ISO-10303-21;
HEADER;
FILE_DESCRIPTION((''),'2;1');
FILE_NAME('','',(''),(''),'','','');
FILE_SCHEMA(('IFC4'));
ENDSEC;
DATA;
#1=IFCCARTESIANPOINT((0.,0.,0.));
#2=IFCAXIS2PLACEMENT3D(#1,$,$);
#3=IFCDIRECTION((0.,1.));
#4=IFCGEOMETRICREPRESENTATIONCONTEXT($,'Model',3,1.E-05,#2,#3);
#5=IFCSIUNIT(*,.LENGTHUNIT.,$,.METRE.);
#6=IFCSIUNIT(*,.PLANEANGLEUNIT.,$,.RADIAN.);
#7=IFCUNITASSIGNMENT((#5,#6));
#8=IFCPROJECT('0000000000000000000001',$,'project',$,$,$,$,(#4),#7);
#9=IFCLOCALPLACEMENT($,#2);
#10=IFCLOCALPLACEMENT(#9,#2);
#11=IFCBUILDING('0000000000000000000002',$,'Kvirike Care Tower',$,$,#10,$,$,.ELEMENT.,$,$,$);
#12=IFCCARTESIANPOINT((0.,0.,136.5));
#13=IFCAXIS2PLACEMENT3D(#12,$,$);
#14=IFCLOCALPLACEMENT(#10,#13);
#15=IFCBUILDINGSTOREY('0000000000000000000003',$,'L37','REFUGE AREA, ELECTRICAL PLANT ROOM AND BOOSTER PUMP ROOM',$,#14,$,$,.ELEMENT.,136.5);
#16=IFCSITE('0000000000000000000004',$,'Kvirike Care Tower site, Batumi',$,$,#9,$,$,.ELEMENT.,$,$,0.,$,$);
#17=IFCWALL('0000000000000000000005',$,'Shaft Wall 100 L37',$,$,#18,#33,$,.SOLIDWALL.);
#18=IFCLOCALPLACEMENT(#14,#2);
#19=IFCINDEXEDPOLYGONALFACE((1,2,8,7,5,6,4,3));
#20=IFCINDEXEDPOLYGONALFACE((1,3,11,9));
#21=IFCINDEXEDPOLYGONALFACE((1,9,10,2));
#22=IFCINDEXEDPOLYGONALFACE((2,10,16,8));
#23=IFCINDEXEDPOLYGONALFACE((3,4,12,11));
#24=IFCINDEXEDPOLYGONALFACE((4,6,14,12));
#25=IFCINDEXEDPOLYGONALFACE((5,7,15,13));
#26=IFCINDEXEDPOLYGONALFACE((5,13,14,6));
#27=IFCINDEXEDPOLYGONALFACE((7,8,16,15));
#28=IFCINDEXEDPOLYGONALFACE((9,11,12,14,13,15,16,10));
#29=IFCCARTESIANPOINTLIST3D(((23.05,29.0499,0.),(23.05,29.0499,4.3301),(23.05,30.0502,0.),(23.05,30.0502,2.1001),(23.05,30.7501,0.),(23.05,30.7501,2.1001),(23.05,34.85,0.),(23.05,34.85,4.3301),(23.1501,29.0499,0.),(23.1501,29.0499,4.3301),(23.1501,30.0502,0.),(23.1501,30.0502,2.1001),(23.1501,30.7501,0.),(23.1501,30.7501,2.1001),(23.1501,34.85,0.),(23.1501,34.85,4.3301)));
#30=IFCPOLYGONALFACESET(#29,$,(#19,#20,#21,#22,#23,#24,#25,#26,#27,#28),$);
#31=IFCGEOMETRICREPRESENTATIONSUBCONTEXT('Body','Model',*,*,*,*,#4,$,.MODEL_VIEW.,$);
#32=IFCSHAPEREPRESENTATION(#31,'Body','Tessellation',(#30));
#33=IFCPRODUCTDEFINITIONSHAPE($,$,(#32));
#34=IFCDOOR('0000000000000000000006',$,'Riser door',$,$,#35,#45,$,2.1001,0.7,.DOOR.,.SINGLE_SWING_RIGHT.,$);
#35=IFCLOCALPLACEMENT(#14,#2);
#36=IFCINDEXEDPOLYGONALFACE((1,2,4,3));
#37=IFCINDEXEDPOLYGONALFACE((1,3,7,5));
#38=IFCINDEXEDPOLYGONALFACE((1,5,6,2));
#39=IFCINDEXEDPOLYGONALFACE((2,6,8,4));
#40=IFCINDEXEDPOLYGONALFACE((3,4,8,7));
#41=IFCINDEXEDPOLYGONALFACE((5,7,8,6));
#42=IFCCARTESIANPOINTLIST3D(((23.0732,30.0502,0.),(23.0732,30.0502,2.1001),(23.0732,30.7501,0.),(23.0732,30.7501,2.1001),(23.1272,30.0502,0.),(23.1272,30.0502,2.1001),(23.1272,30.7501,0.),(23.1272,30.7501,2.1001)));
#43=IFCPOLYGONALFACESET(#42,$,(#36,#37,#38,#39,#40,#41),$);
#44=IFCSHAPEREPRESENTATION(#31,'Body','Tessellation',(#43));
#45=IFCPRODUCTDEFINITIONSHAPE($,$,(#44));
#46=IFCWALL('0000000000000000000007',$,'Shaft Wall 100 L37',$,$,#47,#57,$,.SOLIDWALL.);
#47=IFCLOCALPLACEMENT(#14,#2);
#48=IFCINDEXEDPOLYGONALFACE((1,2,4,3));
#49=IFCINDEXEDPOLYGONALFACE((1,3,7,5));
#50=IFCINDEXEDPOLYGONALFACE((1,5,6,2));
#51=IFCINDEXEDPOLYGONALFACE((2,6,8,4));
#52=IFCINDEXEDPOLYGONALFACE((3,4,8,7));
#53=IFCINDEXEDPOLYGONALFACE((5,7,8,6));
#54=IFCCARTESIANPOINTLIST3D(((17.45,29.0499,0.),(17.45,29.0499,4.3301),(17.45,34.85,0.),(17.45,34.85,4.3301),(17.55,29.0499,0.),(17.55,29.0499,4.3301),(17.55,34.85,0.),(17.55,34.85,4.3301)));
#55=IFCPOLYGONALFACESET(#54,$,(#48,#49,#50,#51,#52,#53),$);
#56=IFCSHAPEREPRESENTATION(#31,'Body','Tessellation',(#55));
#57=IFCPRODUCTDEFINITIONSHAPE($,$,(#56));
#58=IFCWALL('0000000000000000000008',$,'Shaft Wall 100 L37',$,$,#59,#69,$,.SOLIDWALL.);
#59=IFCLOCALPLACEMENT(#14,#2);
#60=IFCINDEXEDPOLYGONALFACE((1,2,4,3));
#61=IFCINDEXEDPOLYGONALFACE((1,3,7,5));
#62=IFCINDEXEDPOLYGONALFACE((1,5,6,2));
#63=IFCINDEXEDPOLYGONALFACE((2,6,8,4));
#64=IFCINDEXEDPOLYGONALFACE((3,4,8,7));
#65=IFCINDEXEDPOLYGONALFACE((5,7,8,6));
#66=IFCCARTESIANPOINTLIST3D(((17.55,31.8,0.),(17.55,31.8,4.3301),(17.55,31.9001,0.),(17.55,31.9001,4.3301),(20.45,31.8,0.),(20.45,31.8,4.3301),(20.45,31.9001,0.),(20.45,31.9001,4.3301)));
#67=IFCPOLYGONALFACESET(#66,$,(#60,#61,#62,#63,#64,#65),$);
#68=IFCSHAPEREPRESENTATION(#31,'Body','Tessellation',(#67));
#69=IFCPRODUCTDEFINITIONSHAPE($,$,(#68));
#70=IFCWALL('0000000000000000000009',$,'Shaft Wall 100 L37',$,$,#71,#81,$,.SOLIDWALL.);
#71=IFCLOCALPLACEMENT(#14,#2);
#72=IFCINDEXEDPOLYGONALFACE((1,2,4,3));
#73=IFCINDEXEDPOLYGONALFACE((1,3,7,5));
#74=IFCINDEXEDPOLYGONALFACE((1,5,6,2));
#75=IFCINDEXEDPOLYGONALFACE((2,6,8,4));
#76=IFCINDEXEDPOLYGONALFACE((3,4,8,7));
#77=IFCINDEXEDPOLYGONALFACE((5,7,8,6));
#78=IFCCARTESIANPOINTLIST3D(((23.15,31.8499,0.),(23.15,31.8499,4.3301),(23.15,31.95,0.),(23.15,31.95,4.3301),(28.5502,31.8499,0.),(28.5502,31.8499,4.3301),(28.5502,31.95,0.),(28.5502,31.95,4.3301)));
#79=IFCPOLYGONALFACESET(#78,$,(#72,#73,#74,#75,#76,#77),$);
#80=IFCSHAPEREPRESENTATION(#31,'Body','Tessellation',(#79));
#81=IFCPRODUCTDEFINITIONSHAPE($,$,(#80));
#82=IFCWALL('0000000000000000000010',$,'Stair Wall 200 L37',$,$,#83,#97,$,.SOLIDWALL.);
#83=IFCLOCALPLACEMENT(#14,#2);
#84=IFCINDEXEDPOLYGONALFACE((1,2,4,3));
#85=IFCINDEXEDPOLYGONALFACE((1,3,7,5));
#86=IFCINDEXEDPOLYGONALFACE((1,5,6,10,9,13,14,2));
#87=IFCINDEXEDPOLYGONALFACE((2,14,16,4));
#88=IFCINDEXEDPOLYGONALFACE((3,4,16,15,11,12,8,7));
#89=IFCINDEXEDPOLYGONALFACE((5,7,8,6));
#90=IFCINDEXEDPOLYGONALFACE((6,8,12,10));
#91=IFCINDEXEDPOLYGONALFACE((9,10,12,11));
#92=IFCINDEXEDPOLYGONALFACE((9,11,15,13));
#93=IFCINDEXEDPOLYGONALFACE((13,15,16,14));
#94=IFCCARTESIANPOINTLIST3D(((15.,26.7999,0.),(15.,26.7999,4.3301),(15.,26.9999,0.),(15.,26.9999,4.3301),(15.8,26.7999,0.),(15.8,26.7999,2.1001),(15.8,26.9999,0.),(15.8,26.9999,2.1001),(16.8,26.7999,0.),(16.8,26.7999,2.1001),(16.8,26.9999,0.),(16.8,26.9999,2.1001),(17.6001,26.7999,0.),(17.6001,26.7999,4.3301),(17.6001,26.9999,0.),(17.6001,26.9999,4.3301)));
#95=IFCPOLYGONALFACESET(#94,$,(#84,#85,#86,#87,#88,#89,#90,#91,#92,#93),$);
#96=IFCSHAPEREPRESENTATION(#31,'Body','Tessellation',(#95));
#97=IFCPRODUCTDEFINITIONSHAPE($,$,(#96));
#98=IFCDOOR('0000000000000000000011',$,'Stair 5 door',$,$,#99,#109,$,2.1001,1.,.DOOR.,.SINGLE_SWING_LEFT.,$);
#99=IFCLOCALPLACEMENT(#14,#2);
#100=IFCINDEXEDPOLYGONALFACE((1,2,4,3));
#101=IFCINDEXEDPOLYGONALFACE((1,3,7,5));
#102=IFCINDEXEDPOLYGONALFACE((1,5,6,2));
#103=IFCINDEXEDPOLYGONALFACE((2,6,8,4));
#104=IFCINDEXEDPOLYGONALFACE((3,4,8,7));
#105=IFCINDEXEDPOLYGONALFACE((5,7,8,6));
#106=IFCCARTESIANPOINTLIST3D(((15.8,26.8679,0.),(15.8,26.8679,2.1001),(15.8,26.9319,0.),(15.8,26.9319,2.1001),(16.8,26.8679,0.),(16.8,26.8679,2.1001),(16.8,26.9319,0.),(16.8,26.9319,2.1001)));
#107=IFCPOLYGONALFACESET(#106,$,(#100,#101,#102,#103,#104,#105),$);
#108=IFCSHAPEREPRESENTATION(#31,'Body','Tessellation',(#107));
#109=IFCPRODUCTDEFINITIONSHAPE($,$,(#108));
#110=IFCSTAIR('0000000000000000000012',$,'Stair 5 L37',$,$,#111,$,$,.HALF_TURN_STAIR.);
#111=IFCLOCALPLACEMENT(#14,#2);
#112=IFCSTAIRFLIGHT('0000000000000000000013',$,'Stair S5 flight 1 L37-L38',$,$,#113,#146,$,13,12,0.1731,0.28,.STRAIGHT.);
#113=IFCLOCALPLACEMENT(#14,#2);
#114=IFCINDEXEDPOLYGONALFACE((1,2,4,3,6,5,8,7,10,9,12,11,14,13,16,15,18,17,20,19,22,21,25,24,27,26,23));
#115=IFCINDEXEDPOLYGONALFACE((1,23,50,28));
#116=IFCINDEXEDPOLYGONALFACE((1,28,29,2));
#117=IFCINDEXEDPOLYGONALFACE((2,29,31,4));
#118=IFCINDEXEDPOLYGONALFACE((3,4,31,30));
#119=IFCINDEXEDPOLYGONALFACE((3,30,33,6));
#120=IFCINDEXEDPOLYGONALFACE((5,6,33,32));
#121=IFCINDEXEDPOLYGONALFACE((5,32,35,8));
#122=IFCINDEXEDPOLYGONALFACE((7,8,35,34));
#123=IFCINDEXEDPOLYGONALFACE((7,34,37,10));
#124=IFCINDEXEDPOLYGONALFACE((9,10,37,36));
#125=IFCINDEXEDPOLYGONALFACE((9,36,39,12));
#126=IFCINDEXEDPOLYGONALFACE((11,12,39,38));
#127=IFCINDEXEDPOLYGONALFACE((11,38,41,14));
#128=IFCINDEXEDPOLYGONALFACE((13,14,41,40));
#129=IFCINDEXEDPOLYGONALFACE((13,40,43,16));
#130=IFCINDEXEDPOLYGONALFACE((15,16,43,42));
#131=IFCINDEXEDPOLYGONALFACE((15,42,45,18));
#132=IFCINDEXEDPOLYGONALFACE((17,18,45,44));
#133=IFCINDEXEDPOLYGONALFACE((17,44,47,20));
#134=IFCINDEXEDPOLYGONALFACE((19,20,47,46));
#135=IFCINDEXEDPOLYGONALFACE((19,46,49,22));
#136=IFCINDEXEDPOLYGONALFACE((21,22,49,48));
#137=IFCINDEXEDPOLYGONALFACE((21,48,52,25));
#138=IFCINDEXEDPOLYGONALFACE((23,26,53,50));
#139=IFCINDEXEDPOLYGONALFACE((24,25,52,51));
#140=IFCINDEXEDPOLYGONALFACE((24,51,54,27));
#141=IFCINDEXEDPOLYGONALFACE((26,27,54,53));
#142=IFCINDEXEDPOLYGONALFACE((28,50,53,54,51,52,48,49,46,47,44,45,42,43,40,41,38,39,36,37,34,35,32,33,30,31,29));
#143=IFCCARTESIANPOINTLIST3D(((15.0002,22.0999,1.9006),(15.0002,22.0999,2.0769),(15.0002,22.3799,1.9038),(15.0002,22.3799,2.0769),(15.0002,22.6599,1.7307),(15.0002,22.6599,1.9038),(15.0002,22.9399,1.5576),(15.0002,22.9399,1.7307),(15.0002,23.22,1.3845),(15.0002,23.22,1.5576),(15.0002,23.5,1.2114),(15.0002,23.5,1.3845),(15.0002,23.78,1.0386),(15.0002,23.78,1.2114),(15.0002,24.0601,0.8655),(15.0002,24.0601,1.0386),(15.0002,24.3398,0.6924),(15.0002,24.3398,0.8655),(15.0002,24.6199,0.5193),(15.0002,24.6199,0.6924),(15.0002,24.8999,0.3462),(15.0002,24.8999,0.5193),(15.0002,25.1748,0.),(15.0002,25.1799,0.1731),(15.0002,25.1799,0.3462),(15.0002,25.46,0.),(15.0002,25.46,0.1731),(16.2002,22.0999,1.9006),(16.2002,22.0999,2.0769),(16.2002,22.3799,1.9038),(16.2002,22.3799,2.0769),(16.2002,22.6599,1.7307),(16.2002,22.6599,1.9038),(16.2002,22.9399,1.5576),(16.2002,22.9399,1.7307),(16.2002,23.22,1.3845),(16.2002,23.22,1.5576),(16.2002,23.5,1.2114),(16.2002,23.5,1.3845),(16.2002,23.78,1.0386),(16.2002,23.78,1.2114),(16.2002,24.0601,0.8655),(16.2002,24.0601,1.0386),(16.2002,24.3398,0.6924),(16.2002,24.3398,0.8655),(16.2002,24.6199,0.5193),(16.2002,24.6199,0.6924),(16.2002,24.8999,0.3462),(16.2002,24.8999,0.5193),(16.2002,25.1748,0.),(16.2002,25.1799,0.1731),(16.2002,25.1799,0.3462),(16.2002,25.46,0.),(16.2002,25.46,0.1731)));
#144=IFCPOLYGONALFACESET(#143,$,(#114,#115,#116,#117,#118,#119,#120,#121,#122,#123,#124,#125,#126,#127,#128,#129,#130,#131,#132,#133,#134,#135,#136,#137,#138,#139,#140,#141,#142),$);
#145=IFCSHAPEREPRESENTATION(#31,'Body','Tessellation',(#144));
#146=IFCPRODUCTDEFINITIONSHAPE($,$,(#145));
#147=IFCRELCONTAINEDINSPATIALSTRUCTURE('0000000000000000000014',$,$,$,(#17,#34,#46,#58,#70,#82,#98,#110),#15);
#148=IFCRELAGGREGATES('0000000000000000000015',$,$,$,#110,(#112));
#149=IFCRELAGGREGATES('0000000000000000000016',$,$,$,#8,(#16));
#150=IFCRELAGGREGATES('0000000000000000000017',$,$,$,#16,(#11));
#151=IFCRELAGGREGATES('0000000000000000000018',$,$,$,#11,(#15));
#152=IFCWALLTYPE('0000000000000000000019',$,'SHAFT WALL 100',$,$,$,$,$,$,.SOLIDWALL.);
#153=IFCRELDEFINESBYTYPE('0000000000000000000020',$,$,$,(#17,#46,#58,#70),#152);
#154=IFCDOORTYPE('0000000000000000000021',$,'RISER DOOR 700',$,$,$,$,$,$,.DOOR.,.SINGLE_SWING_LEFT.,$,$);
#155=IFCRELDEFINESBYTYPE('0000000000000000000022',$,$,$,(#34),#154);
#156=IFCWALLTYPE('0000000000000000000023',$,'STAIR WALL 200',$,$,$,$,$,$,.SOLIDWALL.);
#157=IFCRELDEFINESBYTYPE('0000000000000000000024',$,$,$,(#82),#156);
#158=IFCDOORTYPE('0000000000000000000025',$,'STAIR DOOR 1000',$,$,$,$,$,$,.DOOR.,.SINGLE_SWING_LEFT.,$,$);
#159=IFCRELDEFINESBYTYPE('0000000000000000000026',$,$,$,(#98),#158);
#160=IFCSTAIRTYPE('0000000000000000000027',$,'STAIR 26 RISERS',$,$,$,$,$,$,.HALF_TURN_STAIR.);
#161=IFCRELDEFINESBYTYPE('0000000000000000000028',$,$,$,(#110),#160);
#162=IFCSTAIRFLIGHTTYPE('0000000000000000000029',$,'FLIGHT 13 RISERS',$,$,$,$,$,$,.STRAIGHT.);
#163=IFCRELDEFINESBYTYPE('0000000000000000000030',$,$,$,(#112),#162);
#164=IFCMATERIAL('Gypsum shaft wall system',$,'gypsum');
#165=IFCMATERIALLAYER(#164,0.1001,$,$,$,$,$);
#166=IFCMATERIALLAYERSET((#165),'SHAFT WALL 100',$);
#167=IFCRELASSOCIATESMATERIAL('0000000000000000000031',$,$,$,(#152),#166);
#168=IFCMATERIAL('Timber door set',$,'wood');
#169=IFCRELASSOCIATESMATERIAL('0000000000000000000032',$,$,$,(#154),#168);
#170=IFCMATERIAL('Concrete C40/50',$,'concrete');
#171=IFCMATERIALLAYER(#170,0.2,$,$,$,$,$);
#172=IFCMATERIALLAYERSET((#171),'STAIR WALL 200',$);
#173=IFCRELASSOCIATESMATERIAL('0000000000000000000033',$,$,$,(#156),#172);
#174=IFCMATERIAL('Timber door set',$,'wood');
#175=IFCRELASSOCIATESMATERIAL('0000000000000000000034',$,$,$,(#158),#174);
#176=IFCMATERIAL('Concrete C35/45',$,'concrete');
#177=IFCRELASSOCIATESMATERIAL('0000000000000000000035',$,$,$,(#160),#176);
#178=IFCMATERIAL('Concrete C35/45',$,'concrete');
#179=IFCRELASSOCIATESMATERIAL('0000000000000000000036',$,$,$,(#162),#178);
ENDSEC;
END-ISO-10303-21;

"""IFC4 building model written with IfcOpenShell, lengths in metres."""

from ifc_helpers import new_model, si_unit, direction, frame, frame_2d, origin, place, context, subcontext, project, spatial, polyline, rectangle, outline, extrude, material, layer, layer_set, type_object, element, fill, aggregate, save


model = new_model("IFC4")

# Units and contexts
model_context = context("Model", 3, precision=1e-05, world=origin(), true_north=direction((0.0, 1.0)))
body_context = subcontext(model_context, "Body", "Model", "MODEL_VIEW")
ifc_project = project(units=[si_unit("LENGTHUNIT", "METRE"), si_unit("PLANEANGLEUNIT", "RADIAN")], contexts=[model_context])

# Site, building, storey
site_placement = place(None, origin())
site = spatial("IfcSite", under=ifc_project, at=site_placement, Name="Kvirike Care Tower site, Batumi", CompositionType="ELEMENT", RefElevation=0.0)
building_placement = place(site_placement, origin())
building = spatial("IfcBuilding", under=site, at=building_placement, Name="Kvirike Care Tower", CompositionType="ELEMENT")
storey_placement = place(building_placement, frame((0.0, 0.0, 136.5)))
storey = spatial("IfcBuildingStorey", under=building, at=storey_placement, Name="L37", Description="REFUGE AREA, ELECTRICAL PLANT ROOM AND BOOSTER PUMP ROOM", CompositionType="ELEMENT", Elevation=136.5)

# Shared definitions
ifc_material_1 = material(Name="Gypsum shaft wall system", Category="gypsum")
ifc_layer_1 = layer(ifc_material_1, 0.1001)
ifc_layer_set_1 = layer_set([ifc_layer_1], Name="SHAFT WALL 100")
wall_type_1 = type_object("IfcWallType", Name="SHAFT WALL 100", PredefinedType="SOLIDWALL", material=ifc_layer_set_1)

# Wall, opening, door
wall_1_placement = place(storey_placement, frame((23.1001, 29.05, 0.0), z_axis=(0.0, 0.0, 1.0), x_axis=(0.0, 1.0, 0.0)))
wall_1 = element("IfcWall", 1, at=wall_1_placement, inside=storey, type_object=wall_type_1, Name="Shaft Wall 100 L37", PredefinedType="SOLIDWALL", context=body_context, shape_type="SweptSolid", body=[
    extrude(rectangle(XDim=5.8, YDim=0.1001, at=frame_2d((2.8999, 0.0))), origin(), (0.0, 0.0, 1.0), 4.3301),
])
opening_1_placement = place(wall_1_placement, frame((1.0, 0.0, 0.0)))
opening_1 = element("IfcOpeningElement", 2, at=opening_1_placement, cuts=wall_1, PredefinedType="OPENING", context=body_context, shape_type="SweptSolid", body=[
    extrude(rectangle(XDim=0.7, YDim=2.1001, at=frame_2d((0.3501, 1.05))), frame((0.0, 0.0605, 0.0), z_axis=(0.0, -1.0, 0.0), x_axis=(1.0, 0.0, 0.0)), (0.0, 0.0, 1.0), 0.1211),
])
ifc_material_2 = material(Name="Timber door set", Category="wood")
door_type_1 = type_object("IfcDoorType", Name="RISER DOOR 700", OperationType="SINGLE_SWING_LEFT", PredefinedType="DOOR", material=ifc_material_2)
door_1_placement = place(opening_1_placement, origin())
door_1 = element("IfcDoor", 3, at=door_1_placement, inside=storey, type_object=door_type_1, Name="Riser door", OperationType="SINGLE_SWING_RIGHT", OverallHeight=2.1001, OverallWidth=0.7, PredefinedType="DOOR", context=body_context, shape_type="SweptSolid", body=[
    extrude(rectangle(XDim=0.7, YDim=2.1001, at=frame_2d((0.3501, 1.05))), frame((0.0, 0.0269, 0.0), z_axis=(0.0, -1.0, 0.0), x_axis=(1.0, 0.0, 0.0)), (0.0, 0.0, 1.0), 0.054),
])
fill(opening_1, door_1)

# Walls
wall_2_placement = place(storey_placement, frame((17.5, 29.05, 0.0), z_axis=(0.0, 0.0, 1.0), x_axis=(0.0, 1.0, 0.0)))
element("IfcWall", 4, at=wall_2_placement, inside=storey, type_object=wall_type_1, Name="Shaft Wall 100 L37", PredefinedType="SOLIDWALL", context=body_context, shape_type="SweptSolid", body=[
    extrude(rectangle(XDim=5.8, YDim=0.1001, at=frame_2d((2.8999, 0.0))), origin(), (0.0, 0.0, 1.0), 4.3301),
])
wall_3_placement = place(storey_placement, frame((17.55, 31.8501, 0.0), z_axis=(0.0, 0.0, 1.0), x_axis=(1.0, 0.0, 0.0)))
element("IfcWall", 5, at=wall_3_placement, inside=storey, type_object=wall_type_1, Name="Shaft Wall 100 L37", PredefinedType="SOLIDWALL", context=body_context, shape_type="SweptSolid", body=[
    extrude(rectangle(XDim=2.8999, YDim=0.1001, at=frame_2d((1.45, 0.0))), origin(), (0.0, 0.0, 1.0), 4.3301),
])
wall_4_placement = place(storey_placement, frame((23.1499, 31.8999, 0.0), z_axis=(0.0, 0.0, 1.0), x_axis=(1.0, 0.0, 0.0)))
element("IfcWall", 6, at=wall_4_placement, inside=storey, type_object=wall_type_1, Name="Shaft Wall 100 L37", PredefinedType="SOLIDWALL", context=body_context, shape_type="SweptSolid", body=[
    extrude(rectangle(XDim=5.4001, YDim=0.1001, at=frame_2d((2.7002, 0.0))), origin(), (0.0, 0.0, 1.0), 4.3301),
])

# Wall, opening, door
ifc_material_3 = material(Name="Concrete C40/50", Category="concrete")
ifc_layer_2 = layer(ifc_material_3, 0.2)
ifc_layer_set_2 = layer_set([ifc_layer_2], Name="STAIR WALL 200")
wall_type_2 = type_object("IfcWallType", Name="STAIR WALL 200", PredefinedType="SOLIDWALL", material=ifc_layer_set_2)
wall_5_placement = place(storey_placement, frame((15.0, 26.8999, 0.0), z_axis=(0.0, 0.0, 1.0), x_axis=(1.0, 0.0, 0.0)))
wall_5 = element("IfcWall", 7, at=wall_5_placement, inside=storey, type_object=wall_type_2, Name="Stair Wall 200 L37", PredefinedType="SOLIDWALL", context=body_context, shape_type="SweptSolid", body=[
    extrude(rectangle(XDim=2.6001, YDim=0.2, at=frame_2d((1.3, 0.0))), origin(), (0.0, 0.0, 1.0), 4.3301),
])
opening_2_placement = place(wall_5_placement, frame((0.8, 0.0, 0.0)))
opening_2 = element("IfcOpeningElement", 8, at=opening_2_placement, cuts=wall_5, PredefinedType="OPENING", context=body_context, shape_type="SweptSolid", body=[
    extrude(rectangle(XDim=1.0, YDim=2.1001, at=frame_2d((0.5, 1.05))), frame((0.0, 0.1106, 0.0), z_axis=(0.0, -1.0, 0.0), x_axis=(1.0, 0.0, 0.0)), (0.0, 0.0, 1.0), 0.2209),
])
ifc_material_4 = material(Name="Timber door set", Category="wood")
door_type_2 = type_object("IfcDoorType", Name="STAIR DOOR 1000", OperationType="SINGLE_SWING_LEFT", PredefinedType="DOOR", material=ifc_material_4)
door_2_placement = place(opening_2_placement, frame((1.0, 0.0, 0.0), z_axis=(0.0, 0.0, 1.0), x_axis=(-1.0, 0.0, 0.0)))
door_2 = element("IfcDoor", 9, at=door_2_placement, inside=storey, type_object=door_type_2, Name="Stair 5 door", OperationType="SINGLE_SWING_LEFT", OverallHeight=2.1001, OverallWidth=1.0, PredefinedType="DOOR", context=body_context, shape_type="SweptSolid", body=[
    extrude(rectangle(XDim=1.0, YDim=2.1001, at=frame_2d((0.5, 1.05))), frame((0.0, 0.032, 0.0), z_axis=(0.0, -1.0, 0.0), x_axis=(1.0, 0.0, 0.0)), (0.0, 0.0, 1.0), 0.064),
])
fill(opening_2, door_2)

# Stair, stair flight
ifc_material_5 = material(Name="Concrete C35/45", Category="concrete")
stair_type = type_object("IfcStairType", Name="STAIR 26 RISERS", PredefinedType="HALF_TURN_STAIR", material=ifc_material_5)
stair_placement = place(storey_placement, origin())
stair = element("IfcStair", 10, at=stair_placement, inside=storey, type_object=stair_type, Name="Stair 5 L37", PredefinedType="HALF_TURN_STAIR")
ifc_material_6 = material(Name="Concrete C35/45", Category="concrete")
stair_flight_type = type_object("IfcStairFlightType", Name="FLIGHT 13 RISERS", PredefinedType="STRAIGHT", material=ifc_material_6)
stair_flight_placement = place(storey_placement, frame((15.6001, 25.46, 0.0), z_axis=(0.0, 0.0, 1.0), x_axis=(0.0, -1.0, 0.0)))
stair_flight = element("IfcStairFlight", 11, at=stair_flight_placement, type_object=stair_flight_type, Name="Stair S5 flight 1 L37-L38", NumberOfRisers=13, NumberOfTreads=12, PredefinedType="STRAIGHT", RiserHeight=0.1731, TreadLength=0.28, context=body_context, shape_type="SweptSolid", body=[
    extrude(outline(polyline([(0.0, 0.0), (0.0, 0.1731), (0.28, 0.1731), (0.28, 0.3462), (0.5601, 0.3462), (0.5601, 0.5193), (0.8401, 0.5193), (0.8401, 0.6924), (1.1201, 0.6924), (1.1201, 0.8655), (1.3999, 0.8655), (1.3999, 1.0386), (1.6799, 1.0386), (1.6799, 1.2114), (1.96, 1.2114), (1.96, 1.3845), (2.24, 1.3845), (2.24, 1.5576), (2.52, 1.5576), (2.52, 1.7307), (2.8, 1.7307), (2.8, 1.9038), (3.0801, 1.9038), (3.0801, 2.0769), (3.3601, 2.0769), (3.3601, 2.25), (3.3601, 1.9006), (0.2852, 0.0), (0.0, 0.0)])), frame((0.0, 0.6001, 0.0), z_axis=(0.0, -1.0, 0.0), x_axis=(1.0, 0.0, 0.0)), (0.0, 0.0, 1.0), 1.2),
])
aggregate(stair, [stair_flight])

save(model, "model.ifc")
